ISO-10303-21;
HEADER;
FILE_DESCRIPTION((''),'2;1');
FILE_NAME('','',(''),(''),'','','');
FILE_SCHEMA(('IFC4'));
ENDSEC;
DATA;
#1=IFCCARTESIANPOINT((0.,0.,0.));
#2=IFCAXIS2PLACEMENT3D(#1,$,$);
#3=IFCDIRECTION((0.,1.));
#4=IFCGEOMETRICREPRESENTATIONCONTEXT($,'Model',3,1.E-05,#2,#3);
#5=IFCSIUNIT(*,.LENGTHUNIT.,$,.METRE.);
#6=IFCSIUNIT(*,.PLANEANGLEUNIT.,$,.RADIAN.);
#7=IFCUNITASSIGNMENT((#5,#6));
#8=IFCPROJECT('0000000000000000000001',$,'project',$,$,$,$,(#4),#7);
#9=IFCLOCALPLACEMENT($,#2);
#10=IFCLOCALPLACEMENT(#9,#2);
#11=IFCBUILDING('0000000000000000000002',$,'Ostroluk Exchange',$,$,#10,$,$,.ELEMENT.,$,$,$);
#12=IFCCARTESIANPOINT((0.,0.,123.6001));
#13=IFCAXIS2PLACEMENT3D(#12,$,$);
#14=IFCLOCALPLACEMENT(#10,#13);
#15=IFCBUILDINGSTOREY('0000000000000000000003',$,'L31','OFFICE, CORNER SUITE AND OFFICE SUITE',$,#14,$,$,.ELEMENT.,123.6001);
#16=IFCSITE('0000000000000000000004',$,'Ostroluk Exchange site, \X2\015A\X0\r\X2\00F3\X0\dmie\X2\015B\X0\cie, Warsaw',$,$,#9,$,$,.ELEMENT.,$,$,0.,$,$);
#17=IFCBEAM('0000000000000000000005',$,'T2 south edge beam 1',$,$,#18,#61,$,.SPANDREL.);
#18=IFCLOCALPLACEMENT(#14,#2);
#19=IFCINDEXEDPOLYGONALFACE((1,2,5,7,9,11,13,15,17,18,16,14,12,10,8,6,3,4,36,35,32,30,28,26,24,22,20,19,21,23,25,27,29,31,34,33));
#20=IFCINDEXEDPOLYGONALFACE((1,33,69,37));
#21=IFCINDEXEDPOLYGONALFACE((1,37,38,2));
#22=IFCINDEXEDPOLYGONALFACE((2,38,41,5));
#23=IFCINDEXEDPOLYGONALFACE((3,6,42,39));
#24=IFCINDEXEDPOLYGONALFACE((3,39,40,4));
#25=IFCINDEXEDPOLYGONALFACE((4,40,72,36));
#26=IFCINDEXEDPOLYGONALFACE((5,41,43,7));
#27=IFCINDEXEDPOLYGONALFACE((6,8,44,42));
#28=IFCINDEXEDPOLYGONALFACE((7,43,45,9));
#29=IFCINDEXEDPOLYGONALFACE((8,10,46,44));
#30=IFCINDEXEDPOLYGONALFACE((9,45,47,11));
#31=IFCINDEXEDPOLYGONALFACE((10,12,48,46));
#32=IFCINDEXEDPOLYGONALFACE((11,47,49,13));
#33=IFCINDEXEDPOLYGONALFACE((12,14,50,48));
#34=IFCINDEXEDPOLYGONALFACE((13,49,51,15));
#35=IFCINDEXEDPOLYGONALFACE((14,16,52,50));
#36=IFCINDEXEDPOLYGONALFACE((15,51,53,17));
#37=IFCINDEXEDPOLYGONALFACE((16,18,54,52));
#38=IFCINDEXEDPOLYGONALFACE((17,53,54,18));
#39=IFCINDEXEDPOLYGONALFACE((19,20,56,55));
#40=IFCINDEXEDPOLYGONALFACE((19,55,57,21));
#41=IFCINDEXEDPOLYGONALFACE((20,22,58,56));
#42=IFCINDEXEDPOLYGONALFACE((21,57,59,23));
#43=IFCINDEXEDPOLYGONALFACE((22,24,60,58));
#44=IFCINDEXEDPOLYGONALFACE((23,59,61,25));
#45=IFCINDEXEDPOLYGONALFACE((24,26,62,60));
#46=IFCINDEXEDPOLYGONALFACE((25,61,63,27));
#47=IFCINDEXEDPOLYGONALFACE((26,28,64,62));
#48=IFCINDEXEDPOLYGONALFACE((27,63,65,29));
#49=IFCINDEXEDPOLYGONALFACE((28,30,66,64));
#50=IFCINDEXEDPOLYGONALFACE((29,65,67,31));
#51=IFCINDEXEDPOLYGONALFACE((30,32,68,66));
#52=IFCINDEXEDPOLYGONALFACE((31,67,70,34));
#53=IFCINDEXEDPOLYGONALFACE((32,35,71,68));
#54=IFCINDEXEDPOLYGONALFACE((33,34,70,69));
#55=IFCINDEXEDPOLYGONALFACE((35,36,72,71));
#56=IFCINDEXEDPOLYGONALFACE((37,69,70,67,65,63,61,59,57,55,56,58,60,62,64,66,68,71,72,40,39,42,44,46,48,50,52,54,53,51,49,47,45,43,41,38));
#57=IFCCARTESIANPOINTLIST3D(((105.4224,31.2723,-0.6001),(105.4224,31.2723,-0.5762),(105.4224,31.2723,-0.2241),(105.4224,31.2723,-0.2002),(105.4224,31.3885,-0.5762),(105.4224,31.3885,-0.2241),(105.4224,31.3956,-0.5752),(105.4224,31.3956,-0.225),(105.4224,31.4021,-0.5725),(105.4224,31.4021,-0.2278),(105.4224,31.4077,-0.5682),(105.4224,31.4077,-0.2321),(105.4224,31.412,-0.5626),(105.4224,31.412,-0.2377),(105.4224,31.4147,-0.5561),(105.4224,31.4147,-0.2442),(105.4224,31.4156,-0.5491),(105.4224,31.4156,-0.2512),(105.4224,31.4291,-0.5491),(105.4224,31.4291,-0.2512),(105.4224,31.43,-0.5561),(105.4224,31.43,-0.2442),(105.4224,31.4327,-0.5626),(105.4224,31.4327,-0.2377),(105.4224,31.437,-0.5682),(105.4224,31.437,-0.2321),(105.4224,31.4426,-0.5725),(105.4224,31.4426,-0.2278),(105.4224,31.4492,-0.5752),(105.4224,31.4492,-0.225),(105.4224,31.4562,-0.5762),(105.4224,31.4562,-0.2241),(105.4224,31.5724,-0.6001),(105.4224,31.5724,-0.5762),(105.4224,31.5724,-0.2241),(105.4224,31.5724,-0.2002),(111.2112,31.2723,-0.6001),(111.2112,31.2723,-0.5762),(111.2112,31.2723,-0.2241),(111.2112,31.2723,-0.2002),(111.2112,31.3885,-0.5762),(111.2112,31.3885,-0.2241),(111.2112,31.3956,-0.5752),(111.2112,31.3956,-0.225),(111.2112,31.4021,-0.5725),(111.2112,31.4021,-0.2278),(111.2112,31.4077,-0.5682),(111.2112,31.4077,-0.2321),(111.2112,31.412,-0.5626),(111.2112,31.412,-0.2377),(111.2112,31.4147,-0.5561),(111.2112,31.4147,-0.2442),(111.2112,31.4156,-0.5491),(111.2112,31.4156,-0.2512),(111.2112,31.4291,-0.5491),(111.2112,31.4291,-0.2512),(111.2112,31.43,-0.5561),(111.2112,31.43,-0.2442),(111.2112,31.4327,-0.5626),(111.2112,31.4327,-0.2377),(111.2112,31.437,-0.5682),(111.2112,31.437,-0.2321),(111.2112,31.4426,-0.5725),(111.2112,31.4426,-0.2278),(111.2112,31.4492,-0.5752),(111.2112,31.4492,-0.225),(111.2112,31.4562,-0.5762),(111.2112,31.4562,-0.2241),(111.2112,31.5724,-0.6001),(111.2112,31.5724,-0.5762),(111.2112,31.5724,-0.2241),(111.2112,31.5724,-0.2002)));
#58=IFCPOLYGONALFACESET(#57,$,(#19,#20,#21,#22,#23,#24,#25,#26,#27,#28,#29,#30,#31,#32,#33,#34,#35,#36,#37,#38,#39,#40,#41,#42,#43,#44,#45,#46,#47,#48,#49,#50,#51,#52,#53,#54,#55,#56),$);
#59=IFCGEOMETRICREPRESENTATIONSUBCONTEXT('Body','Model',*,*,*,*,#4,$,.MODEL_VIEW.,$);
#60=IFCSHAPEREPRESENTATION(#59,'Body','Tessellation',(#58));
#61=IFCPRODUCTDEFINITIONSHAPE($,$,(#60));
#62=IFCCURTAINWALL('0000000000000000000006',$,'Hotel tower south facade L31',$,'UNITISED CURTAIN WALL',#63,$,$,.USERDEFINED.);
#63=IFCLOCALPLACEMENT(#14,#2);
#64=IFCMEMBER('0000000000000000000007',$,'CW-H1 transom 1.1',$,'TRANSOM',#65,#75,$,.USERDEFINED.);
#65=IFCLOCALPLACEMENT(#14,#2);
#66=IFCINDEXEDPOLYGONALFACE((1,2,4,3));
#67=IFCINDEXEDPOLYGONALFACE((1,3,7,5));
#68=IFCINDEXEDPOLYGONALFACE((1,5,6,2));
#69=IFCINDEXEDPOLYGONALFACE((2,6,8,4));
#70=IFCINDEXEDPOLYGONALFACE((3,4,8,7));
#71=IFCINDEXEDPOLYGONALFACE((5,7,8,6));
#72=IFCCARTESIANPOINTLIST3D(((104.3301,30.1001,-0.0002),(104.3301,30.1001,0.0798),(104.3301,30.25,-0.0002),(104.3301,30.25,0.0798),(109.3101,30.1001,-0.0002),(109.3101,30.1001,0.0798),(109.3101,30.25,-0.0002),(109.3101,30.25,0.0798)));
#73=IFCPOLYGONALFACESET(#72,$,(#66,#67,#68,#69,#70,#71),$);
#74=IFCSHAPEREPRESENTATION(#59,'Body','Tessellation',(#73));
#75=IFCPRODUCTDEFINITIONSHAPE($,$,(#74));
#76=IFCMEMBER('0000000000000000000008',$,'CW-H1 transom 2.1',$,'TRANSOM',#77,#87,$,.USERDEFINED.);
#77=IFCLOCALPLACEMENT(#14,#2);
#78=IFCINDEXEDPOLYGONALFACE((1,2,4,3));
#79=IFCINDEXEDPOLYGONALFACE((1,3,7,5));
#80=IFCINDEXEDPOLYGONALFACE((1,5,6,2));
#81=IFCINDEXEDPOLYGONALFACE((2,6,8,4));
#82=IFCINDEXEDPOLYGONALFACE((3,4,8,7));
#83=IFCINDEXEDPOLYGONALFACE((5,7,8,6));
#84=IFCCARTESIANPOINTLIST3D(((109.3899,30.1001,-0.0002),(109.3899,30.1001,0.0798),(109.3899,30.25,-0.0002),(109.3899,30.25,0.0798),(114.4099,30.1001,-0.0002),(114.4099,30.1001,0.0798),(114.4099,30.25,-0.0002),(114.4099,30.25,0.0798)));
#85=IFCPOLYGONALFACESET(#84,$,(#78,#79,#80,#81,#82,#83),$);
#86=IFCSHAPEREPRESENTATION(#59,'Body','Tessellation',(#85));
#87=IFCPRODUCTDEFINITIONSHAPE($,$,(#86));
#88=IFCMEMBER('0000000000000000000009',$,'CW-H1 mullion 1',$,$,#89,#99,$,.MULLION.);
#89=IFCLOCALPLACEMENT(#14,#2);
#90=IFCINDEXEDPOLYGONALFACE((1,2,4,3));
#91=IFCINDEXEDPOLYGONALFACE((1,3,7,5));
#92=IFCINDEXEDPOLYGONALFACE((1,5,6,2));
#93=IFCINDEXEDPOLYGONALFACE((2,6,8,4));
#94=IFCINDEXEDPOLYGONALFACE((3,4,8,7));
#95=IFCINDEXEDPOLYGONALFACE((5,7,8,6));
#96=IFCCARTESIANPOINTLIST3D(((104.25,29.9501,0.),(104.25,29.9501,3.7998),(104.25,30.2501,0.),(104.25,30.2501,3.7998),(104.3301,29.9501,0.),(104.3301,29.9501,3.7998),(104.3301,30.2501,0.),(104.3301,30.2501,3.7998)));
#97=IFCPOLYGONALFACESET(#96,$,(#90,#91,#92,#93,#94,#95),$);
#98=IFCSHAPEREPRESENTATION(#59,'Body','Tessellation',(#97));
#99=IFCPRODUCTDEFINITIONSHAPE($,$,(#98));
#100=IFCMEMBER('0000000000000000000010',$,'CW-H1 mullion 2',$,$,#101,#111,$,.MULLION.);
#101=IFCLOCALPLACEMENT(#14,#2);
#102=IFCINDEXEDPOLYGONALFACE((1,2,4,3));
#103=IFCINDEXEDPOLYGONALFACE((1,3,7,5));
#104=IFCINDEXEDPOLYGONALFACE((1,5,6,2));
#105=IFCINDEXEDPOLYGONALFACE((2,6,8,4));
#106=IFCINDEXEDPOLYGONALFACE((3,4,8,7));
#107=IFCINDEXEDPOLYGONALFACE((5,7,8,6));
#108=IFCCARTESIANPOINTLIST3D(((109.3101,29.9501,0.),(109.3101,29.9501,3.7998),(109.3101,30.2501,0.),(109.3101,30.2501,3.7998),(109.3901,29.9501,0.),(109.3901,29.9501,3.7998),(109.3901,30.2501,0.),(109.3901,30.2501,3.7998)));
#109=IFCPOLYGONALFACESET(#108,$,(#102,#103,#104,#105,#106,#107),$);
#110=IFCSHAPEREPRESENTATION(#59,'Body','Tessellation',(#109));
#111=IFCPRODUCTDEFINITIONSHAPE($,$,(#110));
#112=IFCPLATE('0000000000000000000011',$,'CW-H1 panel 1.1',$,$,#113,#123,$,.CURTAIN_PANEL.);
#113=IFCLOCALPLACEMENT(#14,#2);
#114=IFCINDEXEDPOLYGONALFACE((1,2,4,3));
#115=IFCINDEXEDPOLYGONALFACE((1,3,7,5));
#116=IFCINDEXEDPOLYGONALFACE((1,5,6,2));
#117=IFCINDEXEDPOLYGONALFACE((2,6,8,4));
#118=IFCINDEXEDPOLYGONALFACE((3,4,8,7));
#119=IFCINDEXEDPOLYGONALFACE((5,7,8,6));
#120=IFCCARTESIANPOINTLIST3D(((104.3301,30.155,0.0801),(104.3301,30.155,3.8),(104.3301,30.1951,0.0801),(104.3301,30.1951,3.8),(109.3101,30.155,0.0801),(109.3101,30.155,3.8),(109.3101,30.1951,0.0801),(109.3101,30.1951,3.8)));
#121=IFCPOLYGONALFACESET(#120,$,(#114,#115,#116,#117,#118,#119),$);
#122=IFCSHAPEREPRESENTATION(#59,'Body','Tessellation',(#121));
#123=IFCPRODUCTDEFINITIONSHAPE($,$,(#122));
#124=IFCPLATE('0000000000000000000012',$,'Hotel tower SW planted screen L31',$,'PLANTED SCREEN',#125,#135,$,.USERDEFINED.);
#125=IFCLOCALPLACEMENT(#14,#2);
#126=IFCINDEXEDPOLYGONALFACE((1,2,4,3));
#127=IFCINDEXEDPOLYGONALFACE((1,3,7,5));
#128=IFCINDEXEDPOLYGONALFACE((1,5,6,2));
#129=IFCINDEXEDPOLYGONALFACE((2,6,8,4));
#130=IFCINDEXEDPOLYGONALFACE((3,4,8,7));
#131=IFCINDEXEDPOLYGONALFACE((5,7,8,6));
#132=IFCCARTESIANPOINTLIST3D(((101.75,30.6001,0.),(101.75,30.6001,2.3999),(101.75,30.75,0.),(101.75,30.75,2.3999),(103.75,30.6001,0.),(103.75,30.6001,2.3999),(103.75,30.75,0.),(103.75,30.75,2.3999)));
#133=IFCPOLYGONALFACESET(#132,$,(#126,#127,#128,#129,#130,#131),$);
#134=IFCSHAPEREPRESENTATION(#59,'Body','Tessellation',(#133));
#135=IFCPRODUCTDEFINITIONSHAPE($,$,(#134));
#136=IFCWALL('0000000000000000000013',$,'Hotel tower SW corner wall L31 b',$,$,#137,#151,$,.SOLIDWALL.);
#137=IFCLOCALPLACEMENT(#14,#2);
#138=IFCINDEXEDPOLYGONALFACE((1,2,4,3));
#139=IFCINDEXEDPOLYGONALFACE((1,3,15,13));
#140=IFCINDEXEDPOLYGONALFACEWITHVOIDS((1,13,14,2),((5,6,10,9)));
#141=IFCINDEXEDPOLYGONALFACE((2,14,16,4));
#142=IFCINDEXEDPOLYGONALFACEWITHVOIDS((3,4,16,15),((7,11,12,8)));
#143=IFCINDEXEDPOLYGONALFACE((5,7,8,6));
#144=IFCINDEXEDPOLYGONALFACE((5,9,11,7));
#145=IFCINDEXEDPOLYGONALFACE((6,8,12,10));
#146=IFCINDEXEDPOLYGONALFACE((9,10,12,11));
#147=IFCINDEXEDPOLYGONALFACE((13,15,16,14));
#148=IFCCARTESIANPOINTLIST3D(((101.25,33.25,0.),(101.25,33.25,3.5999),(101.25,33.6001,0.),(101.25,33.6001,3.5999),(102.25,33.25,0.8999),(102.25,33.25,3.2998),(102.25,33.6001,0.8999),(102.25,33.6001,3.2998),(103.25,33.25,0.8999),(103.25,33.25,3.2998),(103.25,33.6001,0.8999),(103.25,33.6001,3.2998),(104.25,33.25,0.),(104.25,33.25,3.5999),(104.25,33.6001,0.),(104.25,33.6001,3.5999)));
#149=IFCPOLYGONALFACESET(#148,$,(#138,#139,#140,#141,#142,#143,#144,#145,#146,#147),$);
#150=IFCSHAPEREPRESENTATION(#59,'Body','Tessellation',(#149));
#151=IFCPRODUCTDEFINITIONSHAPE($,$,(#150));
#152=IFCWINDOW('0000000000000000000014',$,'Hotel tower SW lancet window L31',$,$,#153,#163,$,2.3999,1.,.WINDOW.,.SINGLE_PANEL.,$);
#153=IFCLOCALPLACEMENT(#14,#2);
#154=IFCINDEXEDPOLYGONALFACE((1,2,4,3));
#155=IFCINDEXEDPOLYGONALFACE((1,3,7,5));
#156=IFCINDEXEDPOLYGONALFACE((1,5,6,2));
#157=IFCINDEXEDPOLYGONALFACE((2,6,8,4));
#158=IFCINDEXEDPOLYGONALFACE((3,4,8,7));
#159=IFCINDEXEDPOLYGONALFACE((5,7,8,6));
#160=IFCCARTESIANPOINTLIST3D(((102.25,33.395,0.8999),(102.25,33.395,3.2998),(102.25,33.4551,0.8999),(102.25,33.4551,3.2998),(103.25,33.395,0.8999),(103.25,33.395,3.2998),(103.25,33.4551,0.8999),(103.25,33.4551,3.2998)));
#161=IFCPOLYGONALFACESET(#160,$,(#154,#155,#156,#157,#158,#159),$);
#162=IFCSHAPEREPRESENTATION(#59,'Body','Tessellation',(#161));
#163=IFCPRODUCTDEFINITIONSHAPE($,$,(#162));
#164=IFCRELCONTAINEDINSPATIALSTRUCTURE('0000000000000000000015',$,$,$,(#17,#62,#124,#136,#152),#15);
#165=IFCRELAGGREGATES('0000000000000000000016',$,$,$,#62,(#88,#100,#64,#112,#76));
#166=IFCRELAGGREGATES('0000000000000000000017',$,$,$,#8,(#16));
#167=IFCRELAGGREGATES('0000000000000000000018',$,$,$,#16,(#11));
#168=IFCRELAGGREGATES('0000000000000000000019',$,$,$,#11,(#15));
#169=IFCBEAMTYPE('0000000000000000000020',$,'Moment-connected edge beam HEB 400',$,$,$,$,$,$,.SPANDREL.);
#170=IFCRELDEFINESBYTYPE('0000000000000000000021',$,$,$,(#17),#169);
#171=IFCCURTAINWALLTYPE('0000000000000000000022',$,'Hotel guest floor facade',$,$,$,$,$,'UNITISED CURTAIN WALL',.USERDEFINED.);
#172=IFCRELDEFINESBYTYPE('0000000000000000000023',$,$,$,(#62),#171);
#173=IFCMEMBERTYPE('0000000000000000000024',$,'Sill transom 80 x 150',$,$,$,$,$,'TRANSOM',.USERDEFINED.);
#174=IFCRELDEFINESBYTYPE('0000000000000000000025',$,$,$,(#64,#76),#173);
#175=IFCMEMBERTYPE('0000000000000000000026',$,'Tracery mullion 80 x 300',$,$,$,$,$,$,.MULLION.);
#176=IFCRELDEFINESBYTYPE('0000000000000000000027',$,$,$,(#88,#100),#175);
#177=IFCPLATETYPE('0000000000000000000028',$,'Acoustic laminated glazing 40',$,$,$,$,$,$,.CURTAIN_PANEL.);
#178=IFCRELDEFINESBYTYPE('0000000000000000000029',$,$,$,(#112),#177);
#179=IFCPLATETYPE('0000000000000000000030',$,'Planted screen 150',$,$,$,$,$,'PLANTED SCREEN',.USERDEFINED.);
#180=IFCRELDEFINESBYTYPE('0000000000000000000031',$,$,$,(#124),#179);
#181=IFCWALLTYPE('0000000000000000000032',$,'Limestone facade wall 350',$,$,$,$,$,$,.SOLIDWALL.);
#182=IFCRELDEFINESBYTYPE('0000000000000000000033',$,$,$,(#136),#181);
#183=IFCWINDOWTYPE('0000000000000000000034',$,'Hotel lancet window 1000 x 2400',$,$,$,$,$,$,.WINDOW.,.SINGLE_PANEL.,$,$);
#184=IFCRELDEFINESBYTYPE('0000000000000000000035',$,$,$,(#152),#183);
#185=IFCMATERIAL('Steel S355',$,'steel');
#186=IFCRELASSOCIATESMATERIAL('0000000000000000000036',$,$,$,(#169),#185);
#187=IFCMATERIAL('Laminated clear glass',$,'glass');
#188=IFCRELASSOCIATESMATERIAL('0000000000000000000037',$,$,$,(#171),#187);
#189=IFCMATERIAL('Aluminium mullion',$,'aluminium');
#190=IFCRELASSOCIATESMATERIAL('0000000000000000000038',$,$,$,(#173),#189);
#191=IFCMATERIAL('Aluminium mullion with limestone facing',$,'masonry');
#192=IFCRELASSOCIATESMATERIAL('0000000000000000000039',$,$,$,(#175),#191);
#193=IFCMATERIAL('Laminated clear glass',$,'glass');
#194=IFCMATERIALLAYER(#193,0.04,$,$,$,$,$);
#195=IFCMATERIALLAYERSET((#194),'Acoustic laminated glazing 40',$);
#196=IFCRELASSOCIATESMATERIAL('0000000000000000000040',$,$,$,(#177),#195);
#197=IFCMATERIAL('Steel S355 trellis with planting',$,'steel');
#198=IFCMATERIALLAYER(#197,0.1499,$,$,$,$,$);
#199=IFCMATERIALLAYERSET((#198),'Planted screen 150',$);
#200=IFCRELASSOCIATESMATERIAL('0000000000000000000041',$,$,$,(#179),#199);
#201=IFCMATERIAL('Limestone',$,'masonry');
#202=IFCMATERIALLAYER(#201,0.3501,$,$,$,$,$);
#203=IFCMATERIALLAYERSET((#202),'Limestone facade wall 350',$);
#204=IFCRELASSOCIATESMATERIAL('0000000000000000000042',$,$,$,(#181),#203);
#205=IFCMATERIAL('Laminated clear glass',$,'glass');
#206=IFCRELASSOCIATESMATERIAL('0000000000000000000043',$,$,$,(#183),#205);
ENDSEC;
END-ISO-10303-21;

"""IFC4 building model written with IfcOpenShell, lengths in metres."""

from ifc_helpers import new_model, si_unit, direction, frame, frame_2d, origin, origin_2d, place, context, subcontext, project, spatial, rectangle, i_section, extrude, material, layer, layer_set, material_profile, profile_set, type_object, element, fill, aggregate, save


model = new_model("IFC4")

# Units and contexts
model_context = context("Model", 3, precision=1e-05, world=origin(), true_north=direction((0.0, 1.0)))
body_context = subcontext(model_context, "Body", "Model", "MODEL_VIEW")
ifc_project = project(units=[si_unit("LENGTHUNIT", "METRE"), si_unit("PLANEANGLEUNIT", "RADIAN")], contexts=[model_context])

# Site, building, storey
site_placement = place(None, origin())
site = spatial("IfcSite", under=ifc_project, at=site_placement, Name="Ostroluk Exchange site, Śródmieście, Warsaw", CompositionType="ELEMENT", RefElevation=0.0)
building_placement = place(site_placement, origin())
building = spatial("IfcBuilding", under=site, at=building_placement, Name="Ostroluk Exchange", CompositionType="ELEMENT")
storey_placement = place(building_placement, frame((0.0, 0.0, 123.6001)))
storey = spatial("IfcBuildingStorey", under=building, at=storey_placement, Name="L31", Description="OFFICE, CORNER SUITE AND OFFICE SUITE", CompositionType="ELEMENT", Elevation=123.6001)

# Beam
ifc_material_1 = material(Name="Steel S355", Category="steel")
ifc_material_profile_1 = material_profile(ifc_material_1, i_section(OverallWidth=0.3, OverallDepth=0.3999, WebThickness=0.0134, FlangeThickness=0.0239, FilletRadius=0.0271, at=origin_2d()), Name="HEB 400")
ifc_profile_set_1 = profile_set([ifc_material_profile_1], Name="Steel S355")
beam_type_1 = type_object("IfcBeamType", Name="Moment-connected edge beam HEB 400", PredefinedType="SPANDREL", material=ifc_profile_set_1)
beam_1_placement = place(storey_placement, frame((105.4224, 31.4224, -0.4001), z_axis=(1.0, 0.0, 0.0), x_axis=(0.0, 1.0, 0.0)))
element("IfcBeam", 1, at=beam_1_placement, inside=storey, type_object=beam_type_1, Name="T2 south edge beam 1", PredefinedType="SPANDREL", context=body_context, shape_type="SweptSolid", body=[
    extrude(i_section(OverallWidth=0.3, OverallDepth=0.3999, WebThickness=0.0134, FlangeThickness=0.0239, FilletRadius=0.0271, at=origin_2d()), origin(), (0.0, 0.0, 1.0), 5.7888),
])

# Curtain wall, members, plate
ifc_material_2 = material(Name="Laminated clear glass", Category="glass")
curtain_wall_type = type_object("IfcCurtainWallType", Name="Hotel guest floor facade", ElementType="UNITISED CURTAIN WALL", PredefinedType="USERDEFINED", material=ifc_material_2)
curtain_wall_placement = place(storey_placement, origin())
curtain_wall = element("IfcCurtainWall", 2, at=curtain_wall_placement, inside=storey, type_object=curtain_wall_type, Name="Hotel tower south facade L31", ObjectType="UNITISED CURTAIN WALL", PredefinedType="USERDEFINED")
ifc_material_3 = material(Name="Aluminium mullion", Category="aluminium")
ifc_material_profile_2 = material_profile(ifc_material_3, rectangle(XDim=0.1499, YDim=0.0801, at=origin_2d()), Name="Sill transom 80 x 150")
ifc_profile_set_2 = profile_set([ifc_material_profile_2], Name="Aluminium mullion")
member_type_1 = type_object("IfcMemberType", Name="Sill transom 80 x 150", ElementType="TRANSOM", PredefinedType="USERDEFINED", material=ifc_profile_set_2)
member_1_placement = place(storey_placement, frame((104.3301, 30.175, 0.0398), z_axis=(1.0, 0.0, 0.0), x_axis=(0.0, 1.0, 0.0)))
member_1 = element("IfcMember", 3, at=member_1_placement, type_object=member_type_1, Name="CW-H1 transom 1.1", ObjectType="TRANSOM", PredefinedType="USERDEFINED", context=body_context, shape_type="SweptSolid", body=[
    extrude(rectangle(XDim=0.1499, YDim=0.0801, at=origin_2d()), origin(), (0.0, 0.0, 1.0), 4.98),
])
member_2_placement = place(storey_placement, frame((109.3899, 30.175, 0.0398), z_axis=(1.0, 0.0, 0.0), x_axis=(0.0, 1.0, 0.0)))
member_2 = element("IfcMember", 4, at=member_2_placement, type_object=member_type_1, Name="CW-H1 transom 2.1", ObjectType="TRANSOM", PredefinedType="USERDEFINED", context=body_context, shape_type="SweptSolid", body=[
    extrude(rectangle(XDim=0.1499, YDim=0.0801, at=origin_2d()), origin(), (0.0, 0.0, 1.0), 5.02),
])
ifc_material_4 = material(Name="Aluminium mullion with limestone facing", Category="masonry")
ifc_material_profile_3 = material_profile(ifc_material_4, rectangle(XDim=0.3, YDim=0.0801, at=origin_2d()), Name="Tracery mullion 80 x 300")
ifc_profile_set_3 = profile_set([ifc_material_profile_3], Name="Aluminium mullion with limestone facing")
member_type_2 = type_object("IfcMemberType", Name="Tracery mullion 80 x 300", PredefinedType="MULLION", material=ifc_profile_set_3)
member_3_placement = place(storey_placement, frame((104.29, 30.1001, 0.0), z_axis=(0.0, 0.0, 1.0), x_axis=(0.0, 1.0, 0.0)))
member_3 = element("IfcMember", 5, at=member_3_placement, type_object=member_type_2, Name="CW-H1 mullion 1", PredefinedType="MULLION", context=body_context, shape_type="SweptSolid", body=[
    extrude(rectangle(XDim=0.3, YDim=0.0801, at=origin_2d()), origin(), (0.0, 0.0, 1.0), 3.7998),
])
member_4_placement = place(storey_placement, frame((109.3501, 30.1001, 0.0), z_axis=(0.0, 0.0, 1.0), x_axis=(0.0, 1.0, 0.0)))
member_4 = element("IfcMember", 6, at=member_4_placement, type_object=member_type_2, Name="CW-H1 mullion 2", PredefinedType="MULLION", context=body_context, shape_type="SweptSolid", body=[
    extrude(rectangle(XDim=0.3, YDim=0.0801, at=origin_2d()), origin(), (0.0, 0.0, 1.0), 3.7998),
])
ifc_material_5 = material(Name="Laminated clear glass", Category="glass")
ifc_layer_1 = layer(ifc_material_5, 0.04)
ifc_layer_set_1 = layer_set([ifc_layer_1], Name="Acoustic laminated glazing 40")
plate_type_1 = type_object("IfcPlateType", Name="Acoustic laminated glazing 40", PredefinedType="CURTAIN_PANEL", material=ifc_layer_set_1)
plate_1_placement = place(storey_placement, frame((106.8201, 30.175, 0.0801), z_axis=(0.0, 0.0, 1.0), x_axis=(1.0, 0.0, 0.0)))
plate_1 = element("IfcPlate", 7, at=plate_1_placement, type_object=plate_type_1, Name="CW-H1 panel 1.1", PredefinedType="CURTAIN_PANEL", context=body_context, shape_type="SweptSolid", body=[
    extrude(rectangle(XDim=4.98, YDim=0.04, at=origin_2d()), origin(), (0.0, 0.0, 1.0), 3.72),
])
aggregate(curtain_wall, [member_3, member_4, member_1, plate_1, member_2])

# Plate
ifc_material_6 = material(Name="Steel S355 trellis with planting", Category="steel")
ifc_layer_2 = layer(ifc_material_6, 0.1499)
ifc_layer_set_2 = layer_set([ifc_layer_2], Name="Planted screen 150")
plate_type_2 = type_object("IfcPlateType", Name="Planted screen 150", ElementType="PLANTED SCREEN", PredefinedType="USERDEFINED", material=ifc_layer_set_2)
plate_2_placement = place(storey_placement, frame((102.75, 30.675, 0.0), z_axis=(0.0, 0.0, 1.0), x_axis=(1.0, 0.0, 0.0)))
element("IfcPlate", 8, at=plate_2_placement, inside=storey, type_object=plate_type_2, Name="Hotel tower SW planted screen L31", ObjectType="PLANTED SCREEN", PredefinedType="USERDEFINED", context=body_context, shape_type="SweptSolid", body=[
    extrude(rectangle(XDim=2.0, YDim=0.1499, at=origin_2d()), origin(), (0.0, 0.0, 1.0), 2.3999),
])

# Shared definitions
ifc_material_7 = material(Name="Limestone", Category="masonry")
ifc_layer_3 = layer(ifc_material_7, 0.3501)
ifc_layer_set_3 = layer_set([ifc_layer_3], Name="Limestone facade wall 350")
wall_type_1 = type_object("IfcWallType", Name="Limestone facade wall 350", PredefinedType="SOLIDWALL", material=ifc_layer_set_3)

# Wall, opening, window
wall_1_placement = place(storey_placement, frame((104.25, 33.425, 0.0), z_axis=(0.0, 0.0, 1.0), x_axis=(-1.0, 0.0, 0.0)))
wall_1 = element("IfcWall", 9, at=wall_1_placement, inside=storey, type_object=wall_type_1, Name="Hotel tower SW corner wall L31 b", PredefinedType="SOLIDWALL", context=body_context, shape_type="SweptSolid", body=[
    extrude(rectangle(XDim=3.0, YDim=0.3501, at=frame_2d((1.5, 0.0))), origin(), (0.0, 0.0, 1.0), 3.5999),
])
opening_1_placement = place(wall_1_placement, frame((1.0, 0.0, 0.8999)))
opening_1 = element("IfcOpeningElement", 10, at=opening_1_placement, cuts=wall_1, PredefinedType="OPENING", context=body_context, shape_type="SweptSolid", body=[
    extrude(rectangle(XDim=1.0, YDim=2.3999, at=frame_2d((0.5, 1.2))), frame((0.0, 0.1851, 0.0), z_axis=(0.0, -1.0, 0.0), x_axis=(1.0, 0.0, 0.0)), (0.0, 0.0, 1.0), 0.3701),
])
ifc_material_8 = material(Name="Laminated clear glass", Category="glass")
window_type = type_object("IfcWindowType", Name="Hotel lancet window 1000 x 2400", PartitioningType="SINGLE_PANEL", PredefinedType="WINDOW", material=ifc_material_8)
window_placement = place(opening_1_placement, origin())
window = element("IfcWindow", 11, at=window_placement, inside=storey, type_object=window_type, Name="Hotel tower SW lancet window L31", OverallHeight=2.3999, OverallWidth=1.0, PartitioningType="SINGLE_PANEL", PredefinedType="WINDOW", context=body_context, shape_type="SweptSolid", body=[
    extrude(rectangle(XDim=1.0, YDim=2.3999, at=frame_2d((0.5, 1.2))), frame((0.0, 0.03, 0.0), z_axis=(0.0, -1.0, 0.0), x_axis=(1.0, 0.0, 0.0)), (0.0, 0.0, 1.0), 0.0601),
])
fill(opening_1, window)

save(model, "model.ifc")
